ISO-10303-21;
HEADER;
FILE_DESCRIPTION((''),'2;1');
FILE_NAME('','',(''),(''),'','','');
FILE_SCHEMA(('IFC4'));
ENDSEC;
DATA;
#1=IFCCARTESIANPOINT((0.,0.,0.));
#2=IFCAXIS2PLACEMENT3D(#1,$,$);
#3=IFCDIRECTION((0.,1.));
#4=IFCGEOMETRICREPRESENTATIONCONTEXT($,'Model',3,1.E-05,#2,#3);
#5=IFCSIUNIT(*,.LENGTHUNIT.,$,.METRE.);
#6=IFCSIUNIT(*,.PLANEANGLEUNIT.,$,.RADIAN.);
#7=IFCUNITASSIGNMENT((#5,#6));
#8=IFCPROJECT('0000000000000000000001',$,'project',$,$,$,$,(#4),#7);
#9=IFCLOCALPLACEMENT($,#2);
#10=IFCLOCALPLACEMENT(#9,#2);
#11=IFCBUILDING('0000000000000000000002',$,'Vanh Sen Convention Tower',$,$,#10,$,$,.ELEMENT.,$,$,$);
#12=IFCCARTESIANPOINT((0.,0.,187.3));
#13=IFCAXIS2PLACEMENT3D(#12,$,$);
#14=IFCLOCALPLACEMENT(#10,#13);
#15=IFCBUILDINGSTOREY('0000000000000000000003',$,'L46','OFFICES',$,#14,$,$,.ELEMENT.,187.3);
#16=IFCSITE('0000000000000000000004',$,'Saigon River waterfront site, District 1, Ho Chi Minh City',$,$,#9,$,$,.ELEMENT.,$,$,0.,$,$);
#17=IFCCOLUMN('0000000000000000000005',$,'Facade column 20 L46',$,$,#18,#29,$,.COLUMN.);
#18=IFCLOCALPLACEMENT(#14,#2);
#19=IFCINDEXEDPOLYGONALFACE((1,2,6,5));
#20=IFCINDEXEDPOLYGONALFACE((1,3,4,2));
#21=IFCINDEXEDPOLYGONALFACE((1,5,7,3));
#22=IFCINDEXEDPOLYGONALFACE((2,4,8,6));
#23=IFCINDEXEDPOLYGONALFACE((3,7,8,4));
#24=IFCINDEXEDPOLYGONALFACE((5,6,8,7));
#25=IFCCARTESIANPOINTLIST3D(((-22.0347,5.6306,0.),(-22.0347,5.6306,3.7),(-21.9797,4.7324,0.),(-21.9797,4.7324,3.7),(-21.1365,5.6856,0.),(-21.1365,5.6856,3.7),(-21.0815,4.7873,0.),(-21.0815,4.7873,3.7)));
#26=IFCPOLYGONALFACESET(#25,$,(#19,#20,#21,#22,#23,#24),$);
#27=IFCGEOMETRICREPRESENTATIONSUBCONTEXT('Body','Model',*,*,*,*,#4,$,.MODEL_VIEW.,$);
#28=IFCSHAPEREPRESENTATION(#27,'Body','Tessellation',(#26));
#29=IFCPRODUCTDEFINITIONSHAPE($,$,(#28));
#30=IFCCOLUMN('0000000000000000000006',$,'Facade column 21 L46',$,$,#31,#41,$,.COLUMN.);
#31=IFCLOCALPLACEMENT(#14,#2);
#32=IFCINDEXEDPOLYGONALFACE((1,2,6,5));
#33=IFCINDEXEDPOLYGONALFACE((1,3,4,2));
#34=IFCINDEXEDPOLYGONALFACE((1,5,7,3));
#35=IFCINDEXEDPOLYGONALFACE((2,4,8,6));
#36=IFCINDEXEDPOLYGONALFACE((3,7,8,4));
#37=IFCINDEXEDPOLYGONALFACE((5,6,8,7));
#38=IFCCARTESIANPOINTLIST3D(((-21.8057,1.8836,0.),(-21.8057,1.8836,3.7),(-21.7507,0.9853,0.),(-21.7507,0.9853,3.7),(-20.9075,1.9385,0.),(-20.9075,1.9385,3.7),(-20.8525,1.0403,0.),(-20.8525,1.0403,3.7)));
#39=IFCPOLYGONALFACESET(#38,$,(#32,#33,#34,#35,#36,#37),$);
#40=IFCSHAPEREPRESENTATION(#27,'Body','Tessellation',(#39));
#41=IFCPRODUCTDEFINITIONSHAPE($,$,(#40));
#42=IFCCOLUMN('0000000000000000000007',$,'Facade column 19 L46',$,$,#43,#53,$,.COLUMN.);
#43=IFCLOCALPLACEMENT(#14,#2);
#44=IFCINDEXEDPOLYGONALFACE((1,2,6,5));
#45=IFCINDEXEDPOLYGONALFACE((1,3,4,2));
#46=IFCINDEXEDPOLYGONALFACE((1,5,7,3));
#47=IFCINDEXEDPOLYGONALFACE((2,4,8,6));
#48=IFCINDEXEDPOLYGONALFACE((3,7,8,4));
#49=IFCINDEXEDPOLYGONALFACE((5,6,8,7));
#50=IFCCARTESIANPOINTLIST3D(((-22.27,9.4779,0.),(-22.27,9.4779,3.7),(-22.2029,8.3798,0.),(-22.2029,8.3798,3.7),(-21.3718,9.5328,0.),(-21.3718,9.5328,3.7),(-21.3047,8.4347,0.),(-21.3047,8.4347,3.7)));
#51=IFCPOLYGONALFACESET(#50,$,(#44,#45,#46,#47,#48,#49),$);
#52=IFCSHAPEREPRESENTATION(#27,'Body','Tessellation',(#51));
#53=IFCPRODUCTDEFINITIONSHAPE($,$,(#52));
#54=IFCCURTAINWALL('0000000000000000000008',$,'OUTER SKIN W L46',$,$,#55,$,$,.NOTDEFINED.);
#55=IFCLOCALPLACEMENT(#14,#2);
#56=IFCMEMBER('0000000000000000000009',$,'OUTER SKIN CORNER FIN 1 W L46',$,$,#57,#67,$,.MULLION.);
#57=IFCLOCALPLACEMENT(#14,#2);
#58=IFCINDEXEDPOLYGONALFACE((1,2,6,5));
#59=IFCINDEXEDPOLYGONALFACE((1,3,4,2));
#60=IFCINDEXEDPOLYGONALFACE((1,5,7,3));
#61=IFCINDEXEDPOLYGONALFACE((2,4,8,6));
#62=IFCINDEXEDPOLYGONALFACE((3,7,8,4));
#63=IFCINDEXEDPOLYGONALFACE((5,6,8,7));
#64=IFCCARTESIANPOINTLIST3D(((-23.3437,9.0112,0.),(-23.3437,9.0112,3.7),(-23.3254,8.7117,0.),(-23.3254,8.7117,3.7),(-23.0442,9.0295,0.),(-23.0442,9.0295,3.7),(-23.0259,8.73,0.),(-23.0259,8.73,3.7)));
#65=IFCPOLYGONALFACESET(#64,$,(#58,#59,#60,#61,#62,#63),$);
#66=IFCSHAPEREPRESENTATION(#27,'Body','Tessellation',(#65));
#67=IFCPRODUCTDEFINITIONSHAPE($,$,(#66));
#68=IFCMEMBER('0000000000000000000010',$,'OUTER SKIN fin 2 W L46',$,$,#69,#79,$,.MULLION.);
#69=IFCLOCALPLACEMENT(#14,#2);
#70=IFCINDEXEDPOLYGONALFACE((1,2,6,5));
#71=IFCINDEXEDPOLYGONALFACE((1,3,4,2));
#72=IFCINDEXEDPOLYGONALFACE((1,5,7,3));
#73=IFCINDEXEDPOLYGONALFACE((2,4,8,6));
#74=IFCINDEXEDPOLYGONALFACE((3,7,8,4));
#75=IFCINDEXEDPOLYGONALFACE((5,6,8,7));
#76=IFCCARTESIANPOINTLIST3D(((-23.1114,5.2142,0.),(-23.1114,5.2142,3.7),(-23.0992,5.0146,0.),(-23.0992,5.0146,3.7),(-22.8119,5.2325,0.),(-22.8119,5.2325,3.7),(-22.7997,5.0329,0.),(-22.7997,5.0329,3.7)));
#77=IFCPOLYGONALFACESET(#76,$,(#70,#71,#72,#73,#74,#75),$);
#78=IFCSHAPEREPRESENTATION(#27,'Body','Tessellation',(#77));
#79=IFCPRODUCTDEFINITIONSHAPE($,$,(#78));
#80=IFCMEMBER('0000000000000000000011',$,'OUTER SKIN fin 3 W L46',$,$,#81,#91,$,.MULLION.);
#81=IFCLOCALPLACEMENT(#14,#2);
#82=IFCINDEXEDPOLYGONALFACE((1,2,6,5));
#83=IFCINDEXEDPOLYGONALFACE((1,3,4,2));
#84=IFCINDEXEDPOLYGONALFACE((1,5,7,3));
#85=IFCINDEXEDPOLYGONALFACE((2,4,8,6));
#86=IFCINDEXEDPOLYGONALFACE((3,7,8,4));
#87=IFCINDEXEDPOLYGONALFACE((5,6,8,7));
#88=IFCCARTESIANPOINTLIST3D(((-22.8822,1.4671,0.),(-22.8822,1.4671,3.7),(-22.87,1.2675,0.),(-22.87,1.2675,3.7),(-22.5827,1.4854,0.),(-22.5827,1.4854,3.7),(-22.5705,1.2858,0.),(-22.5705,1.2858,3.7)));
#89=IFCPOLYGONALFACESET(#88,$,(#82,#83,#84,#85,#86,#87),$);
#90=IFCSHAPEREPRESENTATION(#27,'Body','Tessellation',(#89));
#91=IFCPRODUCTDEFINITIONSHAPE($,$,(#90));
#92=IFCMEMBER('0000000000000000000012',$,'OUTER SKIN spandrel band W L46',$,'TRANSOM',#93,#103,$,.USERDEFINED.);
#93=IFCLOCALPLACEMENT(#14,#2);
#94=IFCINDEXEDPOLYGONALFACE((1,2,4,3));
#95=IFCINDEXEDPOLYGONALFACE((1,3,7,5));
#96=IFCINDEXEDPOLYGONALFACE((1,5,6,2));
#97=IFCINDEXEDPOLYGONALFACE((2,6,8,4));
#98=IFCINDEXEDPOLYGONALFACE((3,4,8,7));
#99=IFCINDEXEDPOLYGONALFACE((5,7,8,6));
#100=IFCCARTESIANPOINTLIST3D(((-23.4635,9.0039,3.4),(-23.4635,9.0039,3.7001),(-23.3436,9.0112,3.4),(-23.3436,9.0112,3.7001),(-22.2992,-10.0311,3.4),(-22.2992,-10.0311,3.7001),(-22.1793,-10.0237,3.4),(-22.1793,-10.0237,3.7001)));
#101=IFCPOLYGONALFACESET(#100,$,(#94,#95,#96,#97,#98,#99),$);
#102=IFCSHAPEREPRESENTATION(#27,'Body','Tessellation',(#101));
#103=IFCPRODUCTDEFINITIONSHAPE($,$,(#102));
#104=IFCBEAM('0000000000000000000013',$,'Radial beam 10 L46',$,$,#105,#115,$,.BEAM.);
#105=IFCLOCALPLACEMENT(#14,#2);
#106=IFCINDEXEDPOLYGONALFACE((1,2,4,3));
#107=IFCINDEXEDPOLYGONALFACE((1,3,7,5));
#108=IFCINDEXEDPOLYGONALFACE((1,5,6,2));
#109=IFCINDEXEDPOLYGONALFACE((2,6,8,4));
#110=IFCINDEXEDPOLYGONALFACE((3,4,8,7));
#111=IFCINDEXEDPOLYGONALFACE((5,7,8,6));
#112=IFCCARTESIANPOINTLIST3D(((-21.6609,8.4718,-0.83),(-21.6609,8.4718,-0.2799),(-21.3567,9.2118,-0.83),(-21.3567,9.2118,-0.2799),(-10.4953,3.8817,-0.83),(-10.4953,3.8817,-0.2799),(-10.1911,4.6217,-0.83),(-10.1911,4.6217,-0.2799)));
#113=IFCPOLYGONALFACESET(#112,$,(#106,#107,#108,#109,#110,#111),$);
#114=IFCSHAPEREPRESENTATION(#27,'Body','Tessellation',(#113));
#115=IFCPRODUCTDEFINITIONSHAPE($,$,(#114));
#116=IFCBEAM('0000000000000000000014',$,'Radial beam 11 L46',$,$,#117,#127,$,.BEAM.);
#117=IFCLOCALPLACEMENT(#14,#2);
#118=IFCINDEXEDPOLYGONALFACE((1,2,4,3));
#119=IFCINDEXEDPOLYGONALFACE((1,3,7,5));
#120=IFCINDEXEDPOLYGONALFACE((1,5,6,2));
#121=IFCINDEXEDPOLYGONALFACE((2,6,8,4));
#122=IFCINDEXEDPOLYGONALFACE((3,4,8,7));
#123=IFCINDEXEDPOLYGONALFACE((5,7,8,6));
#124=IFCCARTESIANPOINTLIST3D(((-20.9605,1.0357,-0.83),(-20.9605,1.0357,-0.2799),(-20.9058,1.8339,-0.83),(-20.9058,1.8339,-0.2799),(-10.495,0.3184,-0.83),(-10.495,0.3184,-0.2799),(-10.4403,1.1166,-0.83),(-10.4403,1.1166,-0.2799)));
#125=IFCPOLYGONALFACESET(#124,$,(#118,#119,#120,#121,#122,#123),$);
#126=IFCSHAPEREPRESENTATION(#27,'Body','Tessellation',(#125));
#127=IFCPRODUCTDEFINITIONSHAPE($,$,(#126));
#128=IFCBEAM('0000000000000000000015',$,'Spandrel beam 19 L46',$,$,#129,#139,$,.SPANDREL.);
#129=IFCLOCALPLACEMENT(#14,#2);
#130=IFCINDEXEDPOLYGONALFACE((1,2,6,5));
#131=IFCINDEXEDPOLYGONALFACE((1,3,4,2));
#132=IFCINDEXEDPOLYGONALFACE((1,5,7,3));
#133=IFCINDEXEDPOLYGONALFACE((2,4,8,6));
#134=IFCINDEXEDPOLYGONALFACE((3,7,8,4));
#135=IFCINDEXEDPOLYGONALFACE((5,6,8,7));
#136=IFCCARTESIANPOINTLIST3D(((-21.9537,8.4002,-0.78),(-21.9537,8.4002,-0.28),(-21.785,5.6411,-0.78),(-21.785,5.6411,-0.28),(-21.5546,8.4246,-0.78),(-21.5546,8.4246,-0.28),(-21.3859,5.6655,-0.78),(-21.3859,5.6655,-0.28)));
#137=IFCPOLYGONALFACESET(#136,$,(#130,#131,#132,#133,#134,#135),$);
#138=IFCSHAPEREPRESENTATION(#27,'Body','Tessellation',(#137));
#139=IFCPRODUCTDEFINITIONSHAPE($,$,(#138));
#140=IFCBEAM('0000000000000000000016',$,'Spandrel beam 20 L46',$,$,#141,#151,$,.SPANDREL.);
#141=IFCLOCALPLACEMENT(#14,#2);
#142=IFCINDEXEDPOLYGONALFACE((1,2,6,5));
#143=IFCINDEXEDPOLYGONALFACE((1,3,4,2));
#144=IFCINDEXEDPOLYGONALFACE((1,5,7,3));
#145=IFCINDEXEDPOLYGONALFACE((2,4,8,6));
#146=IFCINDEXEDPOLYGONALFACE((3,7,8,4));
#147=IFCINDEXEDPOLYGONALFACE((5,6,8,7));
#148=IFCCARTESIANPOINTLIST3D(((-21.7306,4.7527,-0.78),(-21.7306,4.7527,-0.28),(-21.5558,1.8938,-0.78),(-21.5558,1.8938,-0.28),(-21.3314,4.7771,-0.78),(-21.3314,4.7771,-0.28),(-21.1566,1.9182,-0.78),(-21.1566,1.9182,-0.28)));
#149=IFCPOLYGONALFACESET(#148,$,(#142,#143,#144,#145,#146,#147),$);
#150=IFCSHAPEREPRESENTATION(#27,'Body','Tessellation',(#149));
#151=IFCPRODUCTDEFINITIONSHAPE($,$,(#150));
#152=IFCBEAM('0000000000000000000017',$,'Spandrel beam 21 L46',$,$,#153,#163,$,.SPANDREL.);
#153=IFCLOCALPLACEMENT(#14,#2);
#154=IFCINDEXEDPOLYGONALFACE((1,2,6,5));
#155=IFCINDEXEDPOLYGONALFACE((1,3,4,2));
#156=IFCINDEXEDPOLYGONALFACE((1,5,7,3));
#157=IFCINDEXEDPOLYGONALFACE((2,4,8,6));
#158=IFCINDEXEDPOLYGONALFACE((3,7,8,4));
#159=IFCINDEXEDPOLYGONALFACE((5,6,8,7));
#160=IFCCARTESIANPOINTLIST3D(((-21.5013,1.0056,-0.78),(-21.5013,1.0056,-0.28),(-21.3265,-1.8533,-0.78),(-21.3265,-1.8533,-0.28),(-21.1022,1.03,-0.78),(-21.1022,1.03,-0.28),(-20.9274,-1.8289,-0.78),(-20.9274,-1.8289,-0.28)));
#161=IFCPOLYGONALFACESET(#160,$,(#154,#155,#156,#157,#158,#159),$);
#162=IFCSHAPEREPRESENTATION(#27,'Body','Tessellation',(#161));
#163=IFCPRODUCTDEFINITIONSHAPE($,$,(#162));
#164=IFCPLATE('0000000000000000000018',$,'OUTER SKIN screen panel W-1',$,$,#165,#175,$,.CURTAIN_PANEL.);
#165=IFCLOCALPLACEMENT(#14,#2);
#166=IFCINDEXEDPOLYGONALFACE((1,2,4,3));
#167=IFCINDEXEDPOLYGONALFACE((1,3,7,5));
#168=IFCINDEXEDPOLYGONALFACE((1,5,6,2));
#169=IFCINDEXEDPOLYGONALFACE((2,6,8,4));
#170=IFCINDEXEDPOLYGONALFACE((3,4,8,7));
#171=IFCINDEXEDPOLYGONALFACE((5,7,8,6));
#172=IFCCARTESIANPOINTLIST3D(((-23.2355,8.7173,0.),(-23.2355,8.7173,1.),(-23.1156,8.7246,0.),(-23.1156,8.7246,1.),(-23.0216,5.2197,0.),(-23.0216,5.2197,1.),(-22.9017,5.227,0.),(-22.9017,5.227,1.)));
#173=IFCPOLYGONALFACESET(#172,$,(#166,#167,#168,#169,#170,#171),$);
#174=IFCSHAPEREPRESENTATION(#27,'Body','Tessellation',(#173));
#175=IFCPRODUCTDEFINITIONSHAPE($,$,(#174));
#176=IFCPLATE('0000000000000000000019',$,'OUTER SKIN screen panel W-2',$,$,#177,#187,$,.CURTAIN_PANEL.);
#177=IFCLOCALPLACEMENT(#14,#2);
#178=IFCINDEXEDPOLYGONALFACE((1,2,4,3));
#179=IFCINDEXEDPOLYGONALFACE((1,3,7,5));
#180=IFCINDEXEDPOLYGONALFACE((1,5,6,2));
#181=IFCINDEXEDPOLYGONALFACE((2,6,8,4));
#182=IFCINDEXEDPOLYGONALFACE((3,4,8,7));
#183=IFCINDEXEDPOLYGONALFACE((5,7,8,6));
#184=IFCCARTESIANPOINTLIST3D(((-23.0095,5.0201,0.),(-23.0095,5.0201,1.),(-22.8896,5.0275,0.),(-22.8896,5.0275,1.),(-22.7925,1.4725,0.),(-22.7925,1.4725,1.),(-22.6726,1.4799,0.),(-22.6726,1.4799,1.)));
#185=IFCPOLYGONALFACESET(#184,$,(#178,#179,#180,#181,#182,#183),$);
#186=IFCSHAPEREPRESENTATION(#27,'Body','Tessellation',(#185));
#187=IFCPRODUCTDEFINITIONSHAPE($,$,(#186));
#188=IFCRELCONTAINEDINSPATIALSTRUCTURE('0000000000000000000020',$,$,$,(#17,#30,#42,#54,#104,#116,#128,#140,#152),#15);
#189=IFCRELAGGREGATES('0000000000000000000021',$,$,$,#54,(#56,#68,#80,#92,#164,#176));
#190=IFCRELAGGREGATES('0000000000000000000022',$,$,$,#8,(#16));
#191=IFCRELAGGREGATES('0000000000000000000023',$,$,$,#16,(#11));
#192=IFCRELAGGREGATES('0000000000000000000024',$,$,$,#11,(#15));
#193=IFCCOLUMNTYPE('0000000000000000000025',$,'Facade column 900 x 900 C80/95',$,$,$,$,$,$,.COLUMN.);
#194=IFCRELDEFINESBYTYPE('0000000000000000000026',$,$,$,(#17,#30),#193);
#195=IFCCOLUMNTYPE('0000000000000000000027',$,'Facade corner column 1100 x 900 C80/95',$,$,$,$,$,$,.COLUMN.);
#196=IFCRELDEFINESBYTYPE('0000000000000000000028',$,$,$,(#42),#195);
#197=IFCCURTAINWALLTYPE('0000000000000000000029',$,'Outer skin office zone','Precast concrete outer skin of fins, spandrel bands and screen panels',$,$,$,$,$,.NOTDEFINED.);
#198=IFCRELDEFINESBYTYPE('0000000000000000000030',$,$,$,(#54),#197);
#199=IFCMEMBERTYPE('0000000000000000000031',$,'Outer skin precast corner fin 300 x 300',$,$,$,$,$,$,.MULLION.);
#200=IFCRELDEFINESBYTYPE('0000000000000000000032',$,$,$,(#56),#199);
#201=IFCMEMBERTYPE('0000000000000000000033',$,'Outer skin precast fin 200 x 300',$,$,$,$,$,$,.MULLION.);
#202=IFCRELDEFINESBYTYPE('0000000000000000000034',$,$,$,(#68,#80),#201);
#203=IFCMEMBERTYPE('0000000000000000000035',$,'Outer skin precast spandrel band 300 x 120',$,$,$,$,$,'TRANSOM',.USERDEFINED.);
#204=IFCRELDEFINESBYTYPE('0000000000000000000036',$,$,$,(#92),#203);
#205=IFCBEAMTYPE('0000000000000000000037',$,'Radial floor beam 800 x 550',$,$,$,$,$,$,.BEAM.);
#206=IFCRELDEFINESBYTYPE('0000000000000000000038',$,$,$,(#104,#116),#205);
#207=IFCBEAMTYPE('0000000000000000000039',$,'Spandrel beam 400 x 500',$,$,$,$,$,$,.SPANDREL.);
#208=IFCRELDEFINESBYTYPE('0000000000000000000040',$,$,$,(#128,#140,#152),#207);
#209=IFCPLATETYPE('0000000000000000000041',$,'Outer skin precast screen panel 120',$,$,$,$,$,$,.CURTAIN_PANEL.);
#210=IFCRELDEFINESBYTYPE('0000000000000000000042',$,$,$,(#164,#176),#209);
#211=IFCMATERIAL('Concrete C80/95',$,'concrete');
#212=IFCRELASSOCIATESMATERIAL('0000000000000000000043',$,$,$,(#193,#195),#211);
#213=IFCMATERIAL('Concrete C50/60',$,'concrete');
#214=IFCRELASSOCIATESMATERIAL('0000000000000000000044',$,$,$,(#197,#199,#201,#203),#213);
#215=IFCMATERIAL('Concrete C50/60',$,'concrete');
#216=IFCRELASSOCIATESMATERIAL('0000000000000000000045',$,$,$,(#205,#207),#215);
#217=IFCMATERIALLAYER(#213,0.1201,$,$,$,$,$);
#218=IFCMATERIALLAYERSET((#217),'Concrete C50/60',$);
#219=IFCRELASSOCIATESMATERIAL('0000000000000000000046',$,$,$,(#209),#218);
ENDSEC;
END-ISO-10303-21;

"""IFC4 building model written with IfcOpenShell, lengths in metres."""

from ifc_helpers import new_model, si_unit, direction, frame, origin, origin_2d, place, context, subcontext, project, spatial, rectangle, extrude, material, layer, layer_set, material_profile, profile_set, type_object, element, aggregate, save


model = new_model("IFC4")

# Units and contexts
model_context = context("Model", 3, precision=1e-05, world=origin(), true_north=direction((0.0, 1.0)))
body_context = subcontext(model_context, "Body", "Model", "MODEL_VIEW")
ifc_project = project(units=[si_unit("LENGTHUNIT", "METRE"), si_unit("PLANEANGLEUNIT", "RADIAN")], contexts=[model_context])

# Site, building, storey
site_placement = place(None, origin())
site = spatial("IfcSite", under=ifc_project, at=site_placement, Name="Saigon River waterfront site, District 1, Ho Chi Minh City", CompositionType="ELEMENT", RefElevation=0.0)
building_placement = place(site_placement, origin())
building = spatial("IfcBuilding", under=site, at=building_placement, Name="Vanh Sen Convention Tower", CompositionType="ELEMENT")
storey_placement = place(building_placement, frame((0.0, 0.0, 187.3)))
storey = spatial("IfcBuildingStorey", under=building, at=storey_placement, Name="L46", Description="OFFICES", CompositionType="ELEMENT", Elevation=187.3)

# Columns
ifc_material_1 = material(Name="Concrete C80/95", Category="concrete")
ifc_material_profile_1 = material_profile(ifc_material_1, rectangle(XDim=0.8999, YDim=0.8999, at=origin_2d()), Name="RC 900X900")
ifc_profile_set_1 = profile_set([ifc_material_profile_1], Name="Concrete C80/95")
column_type_1 = type_object("IfcColumnType", Name="Facade column 900 x 900 C80/95", PredefinedType="COLUMN", material=ifc_profile_set_1)
for number, where, z_axis, x_axis, name in (
    (1, (-21.5581, 5.209, 0.0), (0.0, 0.0, 1.0), (0.061049, -0.998135, 0.0), "Facade column 20 L46"),
    (2, (-21.3291, 1.4619, 0.0), (0.0, 0.0, 1.0), (0.061049, -0.998135, 0.0), "Facade column 21 L46"),
):
    element("IfcColumn", number, at=place(storey_placement, frame(where, z_axis=z_axis, x_axis=x_axis)), inside=storey, type_object=column_type_1, Name=name, PredefinedType="COLUMN", context=body_context, shape_type="SweptSolid", body=[
        extrude(rectangle(XDim=0.8999, YDim=0.8999, at=origin_2d()), origin(), (0.0, 0.0, 1.0), 3.7),
    ])
ifc_material_profile_2 = material_profile(ifc_material_1, rectangle(XDim=1.1001, YDim=0.8999, at=origin_2d()), Name="RC 1100X900")
ifc_profile_set_2 = profile_set([ifc_material_profile_2], Name="Concrete C80/95")
column_type_2 = type_object("IfcColumnType", Name="Facade corner column 1100 x 900 C80/95", PredefinedType="COLUMN", material=ifc_profile_set_2)
column_placement = place(storey_placement, frame((-21.7874, 8.9563, 0.0), z_axis=(0.0, 0.0, 1.0), x_axis=(0.061049, -0.998135, 0.0)))
element("IfcColumn", 3, at=column_placement, inside=storey, type_object=column_type_2, Name="Facade column 19 L46", PredefinedType="COLUMN", context=body_context, shape_type="SweptSolid", body=[
    extrude(rectangle(XDim=1.1001, YDim=0.8999, at=origin_2d()), origin(), (0.0, 0.0, 1.0), 3.7),
])

# Curtain wall, members
ifc_material_2 = material(Name="Concrete C50/60", Category="concrete")
curtain_wall_type = type_object("IfcCurtainWallType", Name="Outer skin office zone", Description="Precast concrete outer skin of fins, spandrel bands and screen panels", PredefinedType="NOTDEFINED", material=ifc_material_2)
curtain_wall_placement = place(storey_placement, origin())
curtain_wall = element("IfcCurtainWall", 4, at=curtain_wall_placement, inside=storey, type_object=curtain_wall_type, Name="OUTER SKIN W L46", PredefinedType="NOTDEFINED")
ifc_material_profile_3 = material_profile(ifc_material_2, rectangle(XDim=0.3, YDim=0.3, at=origin_2d()), Name="Outer skin precast corner fin 300 x 300")
ifc_profile_set_3 = profile_set([ifc_material_profile_3], Name="Concrete C50/60")
member_type_1 = type_object("IfcMemberType", Name="Outer skin precast corner fin 300 x 300", PredefinedType="MULLION", material=ifc_profile_set_3)
member_1_placement = place(storey_placement, frame((-23.1848, 8.8706, 0.0), z_axis=(0.0, 0.0, 1.0), x_axis=(0.061049, -0.998135, 0.0)))
member_1 = element("IfcMember", 5, at=member_1_placement, type_object=member_type_1, Name="OUTER SKIN CORNER FIN 1 W L46", PredefinedType="MULLION", context=body_context, shape_type="SweptSolid", body=[
    extrude(rectangle(XDim=0.3, YDim=0.3, at=origin_2d()), origin(), (0.0, 0.0, 1.0), 3.7),
])
ifc_material_profile_4 = material_profile(ifc_material_2, rectangle(XDim=0.2, YDim=0.3, at=origin_2d()), Name="Outer skin precast fin 200 x 300")
ifc_profile_set_4 = profile_set([ifc_material_profile_4], Name="Concrete C50/60")
member_type_2 = type_object("IfcMemberType", Name="Outer skin precast fin 200 x 300", PredefinedType="MULLION", material=ifc_profile_set_4)
member_2_placement = place(storey_placement, frame((-22.9556, 5.1235, 0.0), z_axis=(0.0, 0.0, 1.0), x_axis=(0.061049, -0.998135, 0.0)))
member_2 = element("IfcMember", 6, at=member_2_placement, type_object=member_type_2, Name="OUTER SKIN fin 2 W L46", PredefinedType="MULLION", context=body_context, shape_type="SweptSolid", body=[
    extrude(rectangle(XDim=0.2, YDim=0.3, at=origin_2d()), origin(), (0.0, 0.0, 1.0), 3.7),
])
member_3_placement = place(storey_placement, frame((-22.7263, 1.3765, 0.0), z_axis=(0.0, 0.0, 1.0), x_axis=(0.061049, -0.998135, 0.0)))
member_3 = element("IfcMember", 7, at=member_3_placement, type_object=member_type_2, Name="OUTER SKIN fin 3 W L46", PredefinedType="MULLION", context=body_context, shape_type="SweptSolid", body=[
    extrude(rectangle(XDim=0.2, YDim=0.3, at=origin_2d()), origin(), (0.0, 0.0, 1.0), 3.7),
])
ifc_material_profile_5 = material_profile(ifc_material_2, rectangle(XDim=0.1201, YDim=0.3, at=origin_2d()), Name="Outer skin precast spandrel band 300 x 120")
ifc_profile_set_5 = profile_set([ifc_material_profile_5], Name="Concrete C50/60")
member_type_3 = type_object("IfcMemberType", Name="Outer skin precast spandrel band 300 x 120", ElementType="TRANSOM", PredefinedType="USERDEFINED", material=ifc_profile_set_5)
member_4_placement = place(storey_placement, frame((-23.4036, 9.0076, 3.55), z_axis=(0.061053, -0.998135, 0.0), x_axis=(0.998135, 0.061053, 0.0)))
member_4 = element("IfcMember", 8, at=member_4_placement, type_object=member_type_3, Name="OUTER SKIN spandrel band W L46", ObjectType="TRANSOM", PredefinedType="USERDEFINED", context=body_context, shape_type="SweptSolid", body=[
    extrude(rectangle(XDim=0.1201, YDim=0.3, at=origin_2d()), origin(), (0.0, 0.0, 1.0), 19.0706),
])

# Beams
ifc_material_3 = material(Name="Concrete C50/60", Category="concrete")
ifc_material_profile_6 = material_profile(ifc_material_3, rectangle(XDim=0.8, YDim=0.55, at=origin_2d()), Name="RC 800X550")
ifc_profile_set_6 = profile_set([ifc_material_profile_6], Name="Concrete C50/60")
beam_type_1 = type_object("IfcBeamType", Name="Radial floor beam 800 x 550", PredefinedType="BEAM", material=ifc_profile_set_6)
beam_1_placement = place(storey_placement, frame((-21.5088, 8.8418, -0.5549), z_axis=(0.924896, -0.38022, 0.0), x_axis=(0.38022, 0.924896, 0.0)))
element("IfcBeam", 9, at=beam_1_placement, inside=storey, type_object=beam_type_1, Name="Radial beam 10 L46", PredefinedType="BEAM", context=body_context, shape_type="SweptSolid", body=[
    extrude(rectangle(XDim=0.8, YDim=0.55, at=origin_2d()), origin(), (0.0, 0.0, 1.0), 12.0723),
])
beam_2_placement = place(storey_placement, frame((-20.9331, 1.4348, -0.5549), z_axis=(0.997659, -0.068379, 0.0), x_axis=(0.068379, 0.997659, 0.0)))
element("IfcBeam", 10, at=beam_2_placement, inside=storey, type_object=beam_type_1, Name="Radial beam 11 L46", PredefinedType="BEAM", context=body_context, shape_type="SweptSolid", body=[
    extrude(rectangle(XDim=0.8, YDim=0.55, at=origin_2d()), origin(), (0.0, 0.0, 1.0), 10.49),
])
ifc_material_profile_7 = material_profile(ifc_material_3, rectangle(XDim=0.3999, YDim=0.5, at=origin_2d()), Name="RC 400X500")
ifc_profile_set_7 = profile_set([ifc_material_profile_7], Name="Concrete C50/60")
beam_type_2 = type_object("IfcBeamType", Name="Spandrel beam 400 x 500", PredefinedType="SPANDREL", material=ifc_profile_set_7)
beam_3_placement = place(storey_placement, frame((-21.7542, 8.4124, -0.53), z_axis=(0.061031, -0.998136, 0.0), x_axis=(0.998136, 0.061031, 0.0)))
element("IfcBeam", 11, at=beam_3_placement, inside=storey, type_object=beam_type_2, Name="Spandrel beam 19 L46", PredefinedType="SPANDREL", context=body_context, shape_type="SweptSolid", body=[
    extrude(rectangle(XDim=0.3999, YDim=0.5, at=origin_2d()), origin(), (0.0, 0.0, 1.0), 2.7642),
])
for number, where, z_axis, x_axis, name in (
    (12, (-21.531, 4.7649, -0.53), (0.06103, -0.998136, 0.0), (0.998136, 0.06103, 0.0), "Spandrel beam 20 L46"),
    (13, (-21.3018, 1.0178, -0.53), (0.06103, -0.998136, 0.0), (0.998136, 0.06103, 0.0), "Spandrel beam 21 L46"),
):
    element("IfcBeam", number, at=place(storey_placement, frame(where, z_axis=z_axis, x_axis=x_axis)), inside=storey, type_object=beam_type_2, Name=name, PredefinedType="SPANDREL", context=body_context, shape_type="SweptSolid", body=[
        extrude(rectangle(XDim=0.3999, YDim=0.5, at=origin_2d()), origin(), (0.0, 0.0, 1.0), 2.8643),
    ])

# Plates
ifc_layer_1 = layer(ifc_material_2, 0.1201)
ifc_layer_set_1 = layer_set([ifc_layer_1], Name="Concrete C50/60")
plate_type = type_object("IfcPlateType", Name="Outer skin precast screen panel 120", PredefinedType="CURTAIN_PANEL", material=ifc_layer_set_1)
plate_1_placement = place(storey_placement, frame((-23.0686, 6.9722, 0.0), z_axis=(0.0, 0.0, 1.0), x_axis=(0.061054, -0.998134, 0.0)))
plate_1 = element("IfcPlate", 14, at=plate_1_placement, type_object=plate_type, Name="OUTER SKIN screen panel W-1", PredefinedType="CURTAIN_PANEL", context=body_context, shape_type="SweptSolid", body=[
    extrude(rectangle(XDim=3.5042, YDim=0.1201, at=origin_2d()), origin(), (0.0, 0.0, 1.0), 1.0),
])
plate_2_placement = place(storey_placement, frame((-22.8411, 3.25, 0.0), z_axis=(0.0, 0.0, 1.0), x_axis=(0.061052, -0.998135, 0.0)))
plate_2 = element("IfcPlate", 15, at=plate_2_placement, type_object=plate_type, Name="OUTER SKIN screen panel W-2", PredefinedType="CURTAIN_PANEL", context=body_context, shape_type="SweptSolid", body=[
    extrude(rectangle(XDim=3.5542, YDim=0.1201, at=origin_2d()), origin(), (0.0, 0.0, 1.0), 1.0),
])
aggregate(curtain_wall, [member_1, member_2, member_3, member_4, plate_1, plate_2])

save(model, "model.ifc")
